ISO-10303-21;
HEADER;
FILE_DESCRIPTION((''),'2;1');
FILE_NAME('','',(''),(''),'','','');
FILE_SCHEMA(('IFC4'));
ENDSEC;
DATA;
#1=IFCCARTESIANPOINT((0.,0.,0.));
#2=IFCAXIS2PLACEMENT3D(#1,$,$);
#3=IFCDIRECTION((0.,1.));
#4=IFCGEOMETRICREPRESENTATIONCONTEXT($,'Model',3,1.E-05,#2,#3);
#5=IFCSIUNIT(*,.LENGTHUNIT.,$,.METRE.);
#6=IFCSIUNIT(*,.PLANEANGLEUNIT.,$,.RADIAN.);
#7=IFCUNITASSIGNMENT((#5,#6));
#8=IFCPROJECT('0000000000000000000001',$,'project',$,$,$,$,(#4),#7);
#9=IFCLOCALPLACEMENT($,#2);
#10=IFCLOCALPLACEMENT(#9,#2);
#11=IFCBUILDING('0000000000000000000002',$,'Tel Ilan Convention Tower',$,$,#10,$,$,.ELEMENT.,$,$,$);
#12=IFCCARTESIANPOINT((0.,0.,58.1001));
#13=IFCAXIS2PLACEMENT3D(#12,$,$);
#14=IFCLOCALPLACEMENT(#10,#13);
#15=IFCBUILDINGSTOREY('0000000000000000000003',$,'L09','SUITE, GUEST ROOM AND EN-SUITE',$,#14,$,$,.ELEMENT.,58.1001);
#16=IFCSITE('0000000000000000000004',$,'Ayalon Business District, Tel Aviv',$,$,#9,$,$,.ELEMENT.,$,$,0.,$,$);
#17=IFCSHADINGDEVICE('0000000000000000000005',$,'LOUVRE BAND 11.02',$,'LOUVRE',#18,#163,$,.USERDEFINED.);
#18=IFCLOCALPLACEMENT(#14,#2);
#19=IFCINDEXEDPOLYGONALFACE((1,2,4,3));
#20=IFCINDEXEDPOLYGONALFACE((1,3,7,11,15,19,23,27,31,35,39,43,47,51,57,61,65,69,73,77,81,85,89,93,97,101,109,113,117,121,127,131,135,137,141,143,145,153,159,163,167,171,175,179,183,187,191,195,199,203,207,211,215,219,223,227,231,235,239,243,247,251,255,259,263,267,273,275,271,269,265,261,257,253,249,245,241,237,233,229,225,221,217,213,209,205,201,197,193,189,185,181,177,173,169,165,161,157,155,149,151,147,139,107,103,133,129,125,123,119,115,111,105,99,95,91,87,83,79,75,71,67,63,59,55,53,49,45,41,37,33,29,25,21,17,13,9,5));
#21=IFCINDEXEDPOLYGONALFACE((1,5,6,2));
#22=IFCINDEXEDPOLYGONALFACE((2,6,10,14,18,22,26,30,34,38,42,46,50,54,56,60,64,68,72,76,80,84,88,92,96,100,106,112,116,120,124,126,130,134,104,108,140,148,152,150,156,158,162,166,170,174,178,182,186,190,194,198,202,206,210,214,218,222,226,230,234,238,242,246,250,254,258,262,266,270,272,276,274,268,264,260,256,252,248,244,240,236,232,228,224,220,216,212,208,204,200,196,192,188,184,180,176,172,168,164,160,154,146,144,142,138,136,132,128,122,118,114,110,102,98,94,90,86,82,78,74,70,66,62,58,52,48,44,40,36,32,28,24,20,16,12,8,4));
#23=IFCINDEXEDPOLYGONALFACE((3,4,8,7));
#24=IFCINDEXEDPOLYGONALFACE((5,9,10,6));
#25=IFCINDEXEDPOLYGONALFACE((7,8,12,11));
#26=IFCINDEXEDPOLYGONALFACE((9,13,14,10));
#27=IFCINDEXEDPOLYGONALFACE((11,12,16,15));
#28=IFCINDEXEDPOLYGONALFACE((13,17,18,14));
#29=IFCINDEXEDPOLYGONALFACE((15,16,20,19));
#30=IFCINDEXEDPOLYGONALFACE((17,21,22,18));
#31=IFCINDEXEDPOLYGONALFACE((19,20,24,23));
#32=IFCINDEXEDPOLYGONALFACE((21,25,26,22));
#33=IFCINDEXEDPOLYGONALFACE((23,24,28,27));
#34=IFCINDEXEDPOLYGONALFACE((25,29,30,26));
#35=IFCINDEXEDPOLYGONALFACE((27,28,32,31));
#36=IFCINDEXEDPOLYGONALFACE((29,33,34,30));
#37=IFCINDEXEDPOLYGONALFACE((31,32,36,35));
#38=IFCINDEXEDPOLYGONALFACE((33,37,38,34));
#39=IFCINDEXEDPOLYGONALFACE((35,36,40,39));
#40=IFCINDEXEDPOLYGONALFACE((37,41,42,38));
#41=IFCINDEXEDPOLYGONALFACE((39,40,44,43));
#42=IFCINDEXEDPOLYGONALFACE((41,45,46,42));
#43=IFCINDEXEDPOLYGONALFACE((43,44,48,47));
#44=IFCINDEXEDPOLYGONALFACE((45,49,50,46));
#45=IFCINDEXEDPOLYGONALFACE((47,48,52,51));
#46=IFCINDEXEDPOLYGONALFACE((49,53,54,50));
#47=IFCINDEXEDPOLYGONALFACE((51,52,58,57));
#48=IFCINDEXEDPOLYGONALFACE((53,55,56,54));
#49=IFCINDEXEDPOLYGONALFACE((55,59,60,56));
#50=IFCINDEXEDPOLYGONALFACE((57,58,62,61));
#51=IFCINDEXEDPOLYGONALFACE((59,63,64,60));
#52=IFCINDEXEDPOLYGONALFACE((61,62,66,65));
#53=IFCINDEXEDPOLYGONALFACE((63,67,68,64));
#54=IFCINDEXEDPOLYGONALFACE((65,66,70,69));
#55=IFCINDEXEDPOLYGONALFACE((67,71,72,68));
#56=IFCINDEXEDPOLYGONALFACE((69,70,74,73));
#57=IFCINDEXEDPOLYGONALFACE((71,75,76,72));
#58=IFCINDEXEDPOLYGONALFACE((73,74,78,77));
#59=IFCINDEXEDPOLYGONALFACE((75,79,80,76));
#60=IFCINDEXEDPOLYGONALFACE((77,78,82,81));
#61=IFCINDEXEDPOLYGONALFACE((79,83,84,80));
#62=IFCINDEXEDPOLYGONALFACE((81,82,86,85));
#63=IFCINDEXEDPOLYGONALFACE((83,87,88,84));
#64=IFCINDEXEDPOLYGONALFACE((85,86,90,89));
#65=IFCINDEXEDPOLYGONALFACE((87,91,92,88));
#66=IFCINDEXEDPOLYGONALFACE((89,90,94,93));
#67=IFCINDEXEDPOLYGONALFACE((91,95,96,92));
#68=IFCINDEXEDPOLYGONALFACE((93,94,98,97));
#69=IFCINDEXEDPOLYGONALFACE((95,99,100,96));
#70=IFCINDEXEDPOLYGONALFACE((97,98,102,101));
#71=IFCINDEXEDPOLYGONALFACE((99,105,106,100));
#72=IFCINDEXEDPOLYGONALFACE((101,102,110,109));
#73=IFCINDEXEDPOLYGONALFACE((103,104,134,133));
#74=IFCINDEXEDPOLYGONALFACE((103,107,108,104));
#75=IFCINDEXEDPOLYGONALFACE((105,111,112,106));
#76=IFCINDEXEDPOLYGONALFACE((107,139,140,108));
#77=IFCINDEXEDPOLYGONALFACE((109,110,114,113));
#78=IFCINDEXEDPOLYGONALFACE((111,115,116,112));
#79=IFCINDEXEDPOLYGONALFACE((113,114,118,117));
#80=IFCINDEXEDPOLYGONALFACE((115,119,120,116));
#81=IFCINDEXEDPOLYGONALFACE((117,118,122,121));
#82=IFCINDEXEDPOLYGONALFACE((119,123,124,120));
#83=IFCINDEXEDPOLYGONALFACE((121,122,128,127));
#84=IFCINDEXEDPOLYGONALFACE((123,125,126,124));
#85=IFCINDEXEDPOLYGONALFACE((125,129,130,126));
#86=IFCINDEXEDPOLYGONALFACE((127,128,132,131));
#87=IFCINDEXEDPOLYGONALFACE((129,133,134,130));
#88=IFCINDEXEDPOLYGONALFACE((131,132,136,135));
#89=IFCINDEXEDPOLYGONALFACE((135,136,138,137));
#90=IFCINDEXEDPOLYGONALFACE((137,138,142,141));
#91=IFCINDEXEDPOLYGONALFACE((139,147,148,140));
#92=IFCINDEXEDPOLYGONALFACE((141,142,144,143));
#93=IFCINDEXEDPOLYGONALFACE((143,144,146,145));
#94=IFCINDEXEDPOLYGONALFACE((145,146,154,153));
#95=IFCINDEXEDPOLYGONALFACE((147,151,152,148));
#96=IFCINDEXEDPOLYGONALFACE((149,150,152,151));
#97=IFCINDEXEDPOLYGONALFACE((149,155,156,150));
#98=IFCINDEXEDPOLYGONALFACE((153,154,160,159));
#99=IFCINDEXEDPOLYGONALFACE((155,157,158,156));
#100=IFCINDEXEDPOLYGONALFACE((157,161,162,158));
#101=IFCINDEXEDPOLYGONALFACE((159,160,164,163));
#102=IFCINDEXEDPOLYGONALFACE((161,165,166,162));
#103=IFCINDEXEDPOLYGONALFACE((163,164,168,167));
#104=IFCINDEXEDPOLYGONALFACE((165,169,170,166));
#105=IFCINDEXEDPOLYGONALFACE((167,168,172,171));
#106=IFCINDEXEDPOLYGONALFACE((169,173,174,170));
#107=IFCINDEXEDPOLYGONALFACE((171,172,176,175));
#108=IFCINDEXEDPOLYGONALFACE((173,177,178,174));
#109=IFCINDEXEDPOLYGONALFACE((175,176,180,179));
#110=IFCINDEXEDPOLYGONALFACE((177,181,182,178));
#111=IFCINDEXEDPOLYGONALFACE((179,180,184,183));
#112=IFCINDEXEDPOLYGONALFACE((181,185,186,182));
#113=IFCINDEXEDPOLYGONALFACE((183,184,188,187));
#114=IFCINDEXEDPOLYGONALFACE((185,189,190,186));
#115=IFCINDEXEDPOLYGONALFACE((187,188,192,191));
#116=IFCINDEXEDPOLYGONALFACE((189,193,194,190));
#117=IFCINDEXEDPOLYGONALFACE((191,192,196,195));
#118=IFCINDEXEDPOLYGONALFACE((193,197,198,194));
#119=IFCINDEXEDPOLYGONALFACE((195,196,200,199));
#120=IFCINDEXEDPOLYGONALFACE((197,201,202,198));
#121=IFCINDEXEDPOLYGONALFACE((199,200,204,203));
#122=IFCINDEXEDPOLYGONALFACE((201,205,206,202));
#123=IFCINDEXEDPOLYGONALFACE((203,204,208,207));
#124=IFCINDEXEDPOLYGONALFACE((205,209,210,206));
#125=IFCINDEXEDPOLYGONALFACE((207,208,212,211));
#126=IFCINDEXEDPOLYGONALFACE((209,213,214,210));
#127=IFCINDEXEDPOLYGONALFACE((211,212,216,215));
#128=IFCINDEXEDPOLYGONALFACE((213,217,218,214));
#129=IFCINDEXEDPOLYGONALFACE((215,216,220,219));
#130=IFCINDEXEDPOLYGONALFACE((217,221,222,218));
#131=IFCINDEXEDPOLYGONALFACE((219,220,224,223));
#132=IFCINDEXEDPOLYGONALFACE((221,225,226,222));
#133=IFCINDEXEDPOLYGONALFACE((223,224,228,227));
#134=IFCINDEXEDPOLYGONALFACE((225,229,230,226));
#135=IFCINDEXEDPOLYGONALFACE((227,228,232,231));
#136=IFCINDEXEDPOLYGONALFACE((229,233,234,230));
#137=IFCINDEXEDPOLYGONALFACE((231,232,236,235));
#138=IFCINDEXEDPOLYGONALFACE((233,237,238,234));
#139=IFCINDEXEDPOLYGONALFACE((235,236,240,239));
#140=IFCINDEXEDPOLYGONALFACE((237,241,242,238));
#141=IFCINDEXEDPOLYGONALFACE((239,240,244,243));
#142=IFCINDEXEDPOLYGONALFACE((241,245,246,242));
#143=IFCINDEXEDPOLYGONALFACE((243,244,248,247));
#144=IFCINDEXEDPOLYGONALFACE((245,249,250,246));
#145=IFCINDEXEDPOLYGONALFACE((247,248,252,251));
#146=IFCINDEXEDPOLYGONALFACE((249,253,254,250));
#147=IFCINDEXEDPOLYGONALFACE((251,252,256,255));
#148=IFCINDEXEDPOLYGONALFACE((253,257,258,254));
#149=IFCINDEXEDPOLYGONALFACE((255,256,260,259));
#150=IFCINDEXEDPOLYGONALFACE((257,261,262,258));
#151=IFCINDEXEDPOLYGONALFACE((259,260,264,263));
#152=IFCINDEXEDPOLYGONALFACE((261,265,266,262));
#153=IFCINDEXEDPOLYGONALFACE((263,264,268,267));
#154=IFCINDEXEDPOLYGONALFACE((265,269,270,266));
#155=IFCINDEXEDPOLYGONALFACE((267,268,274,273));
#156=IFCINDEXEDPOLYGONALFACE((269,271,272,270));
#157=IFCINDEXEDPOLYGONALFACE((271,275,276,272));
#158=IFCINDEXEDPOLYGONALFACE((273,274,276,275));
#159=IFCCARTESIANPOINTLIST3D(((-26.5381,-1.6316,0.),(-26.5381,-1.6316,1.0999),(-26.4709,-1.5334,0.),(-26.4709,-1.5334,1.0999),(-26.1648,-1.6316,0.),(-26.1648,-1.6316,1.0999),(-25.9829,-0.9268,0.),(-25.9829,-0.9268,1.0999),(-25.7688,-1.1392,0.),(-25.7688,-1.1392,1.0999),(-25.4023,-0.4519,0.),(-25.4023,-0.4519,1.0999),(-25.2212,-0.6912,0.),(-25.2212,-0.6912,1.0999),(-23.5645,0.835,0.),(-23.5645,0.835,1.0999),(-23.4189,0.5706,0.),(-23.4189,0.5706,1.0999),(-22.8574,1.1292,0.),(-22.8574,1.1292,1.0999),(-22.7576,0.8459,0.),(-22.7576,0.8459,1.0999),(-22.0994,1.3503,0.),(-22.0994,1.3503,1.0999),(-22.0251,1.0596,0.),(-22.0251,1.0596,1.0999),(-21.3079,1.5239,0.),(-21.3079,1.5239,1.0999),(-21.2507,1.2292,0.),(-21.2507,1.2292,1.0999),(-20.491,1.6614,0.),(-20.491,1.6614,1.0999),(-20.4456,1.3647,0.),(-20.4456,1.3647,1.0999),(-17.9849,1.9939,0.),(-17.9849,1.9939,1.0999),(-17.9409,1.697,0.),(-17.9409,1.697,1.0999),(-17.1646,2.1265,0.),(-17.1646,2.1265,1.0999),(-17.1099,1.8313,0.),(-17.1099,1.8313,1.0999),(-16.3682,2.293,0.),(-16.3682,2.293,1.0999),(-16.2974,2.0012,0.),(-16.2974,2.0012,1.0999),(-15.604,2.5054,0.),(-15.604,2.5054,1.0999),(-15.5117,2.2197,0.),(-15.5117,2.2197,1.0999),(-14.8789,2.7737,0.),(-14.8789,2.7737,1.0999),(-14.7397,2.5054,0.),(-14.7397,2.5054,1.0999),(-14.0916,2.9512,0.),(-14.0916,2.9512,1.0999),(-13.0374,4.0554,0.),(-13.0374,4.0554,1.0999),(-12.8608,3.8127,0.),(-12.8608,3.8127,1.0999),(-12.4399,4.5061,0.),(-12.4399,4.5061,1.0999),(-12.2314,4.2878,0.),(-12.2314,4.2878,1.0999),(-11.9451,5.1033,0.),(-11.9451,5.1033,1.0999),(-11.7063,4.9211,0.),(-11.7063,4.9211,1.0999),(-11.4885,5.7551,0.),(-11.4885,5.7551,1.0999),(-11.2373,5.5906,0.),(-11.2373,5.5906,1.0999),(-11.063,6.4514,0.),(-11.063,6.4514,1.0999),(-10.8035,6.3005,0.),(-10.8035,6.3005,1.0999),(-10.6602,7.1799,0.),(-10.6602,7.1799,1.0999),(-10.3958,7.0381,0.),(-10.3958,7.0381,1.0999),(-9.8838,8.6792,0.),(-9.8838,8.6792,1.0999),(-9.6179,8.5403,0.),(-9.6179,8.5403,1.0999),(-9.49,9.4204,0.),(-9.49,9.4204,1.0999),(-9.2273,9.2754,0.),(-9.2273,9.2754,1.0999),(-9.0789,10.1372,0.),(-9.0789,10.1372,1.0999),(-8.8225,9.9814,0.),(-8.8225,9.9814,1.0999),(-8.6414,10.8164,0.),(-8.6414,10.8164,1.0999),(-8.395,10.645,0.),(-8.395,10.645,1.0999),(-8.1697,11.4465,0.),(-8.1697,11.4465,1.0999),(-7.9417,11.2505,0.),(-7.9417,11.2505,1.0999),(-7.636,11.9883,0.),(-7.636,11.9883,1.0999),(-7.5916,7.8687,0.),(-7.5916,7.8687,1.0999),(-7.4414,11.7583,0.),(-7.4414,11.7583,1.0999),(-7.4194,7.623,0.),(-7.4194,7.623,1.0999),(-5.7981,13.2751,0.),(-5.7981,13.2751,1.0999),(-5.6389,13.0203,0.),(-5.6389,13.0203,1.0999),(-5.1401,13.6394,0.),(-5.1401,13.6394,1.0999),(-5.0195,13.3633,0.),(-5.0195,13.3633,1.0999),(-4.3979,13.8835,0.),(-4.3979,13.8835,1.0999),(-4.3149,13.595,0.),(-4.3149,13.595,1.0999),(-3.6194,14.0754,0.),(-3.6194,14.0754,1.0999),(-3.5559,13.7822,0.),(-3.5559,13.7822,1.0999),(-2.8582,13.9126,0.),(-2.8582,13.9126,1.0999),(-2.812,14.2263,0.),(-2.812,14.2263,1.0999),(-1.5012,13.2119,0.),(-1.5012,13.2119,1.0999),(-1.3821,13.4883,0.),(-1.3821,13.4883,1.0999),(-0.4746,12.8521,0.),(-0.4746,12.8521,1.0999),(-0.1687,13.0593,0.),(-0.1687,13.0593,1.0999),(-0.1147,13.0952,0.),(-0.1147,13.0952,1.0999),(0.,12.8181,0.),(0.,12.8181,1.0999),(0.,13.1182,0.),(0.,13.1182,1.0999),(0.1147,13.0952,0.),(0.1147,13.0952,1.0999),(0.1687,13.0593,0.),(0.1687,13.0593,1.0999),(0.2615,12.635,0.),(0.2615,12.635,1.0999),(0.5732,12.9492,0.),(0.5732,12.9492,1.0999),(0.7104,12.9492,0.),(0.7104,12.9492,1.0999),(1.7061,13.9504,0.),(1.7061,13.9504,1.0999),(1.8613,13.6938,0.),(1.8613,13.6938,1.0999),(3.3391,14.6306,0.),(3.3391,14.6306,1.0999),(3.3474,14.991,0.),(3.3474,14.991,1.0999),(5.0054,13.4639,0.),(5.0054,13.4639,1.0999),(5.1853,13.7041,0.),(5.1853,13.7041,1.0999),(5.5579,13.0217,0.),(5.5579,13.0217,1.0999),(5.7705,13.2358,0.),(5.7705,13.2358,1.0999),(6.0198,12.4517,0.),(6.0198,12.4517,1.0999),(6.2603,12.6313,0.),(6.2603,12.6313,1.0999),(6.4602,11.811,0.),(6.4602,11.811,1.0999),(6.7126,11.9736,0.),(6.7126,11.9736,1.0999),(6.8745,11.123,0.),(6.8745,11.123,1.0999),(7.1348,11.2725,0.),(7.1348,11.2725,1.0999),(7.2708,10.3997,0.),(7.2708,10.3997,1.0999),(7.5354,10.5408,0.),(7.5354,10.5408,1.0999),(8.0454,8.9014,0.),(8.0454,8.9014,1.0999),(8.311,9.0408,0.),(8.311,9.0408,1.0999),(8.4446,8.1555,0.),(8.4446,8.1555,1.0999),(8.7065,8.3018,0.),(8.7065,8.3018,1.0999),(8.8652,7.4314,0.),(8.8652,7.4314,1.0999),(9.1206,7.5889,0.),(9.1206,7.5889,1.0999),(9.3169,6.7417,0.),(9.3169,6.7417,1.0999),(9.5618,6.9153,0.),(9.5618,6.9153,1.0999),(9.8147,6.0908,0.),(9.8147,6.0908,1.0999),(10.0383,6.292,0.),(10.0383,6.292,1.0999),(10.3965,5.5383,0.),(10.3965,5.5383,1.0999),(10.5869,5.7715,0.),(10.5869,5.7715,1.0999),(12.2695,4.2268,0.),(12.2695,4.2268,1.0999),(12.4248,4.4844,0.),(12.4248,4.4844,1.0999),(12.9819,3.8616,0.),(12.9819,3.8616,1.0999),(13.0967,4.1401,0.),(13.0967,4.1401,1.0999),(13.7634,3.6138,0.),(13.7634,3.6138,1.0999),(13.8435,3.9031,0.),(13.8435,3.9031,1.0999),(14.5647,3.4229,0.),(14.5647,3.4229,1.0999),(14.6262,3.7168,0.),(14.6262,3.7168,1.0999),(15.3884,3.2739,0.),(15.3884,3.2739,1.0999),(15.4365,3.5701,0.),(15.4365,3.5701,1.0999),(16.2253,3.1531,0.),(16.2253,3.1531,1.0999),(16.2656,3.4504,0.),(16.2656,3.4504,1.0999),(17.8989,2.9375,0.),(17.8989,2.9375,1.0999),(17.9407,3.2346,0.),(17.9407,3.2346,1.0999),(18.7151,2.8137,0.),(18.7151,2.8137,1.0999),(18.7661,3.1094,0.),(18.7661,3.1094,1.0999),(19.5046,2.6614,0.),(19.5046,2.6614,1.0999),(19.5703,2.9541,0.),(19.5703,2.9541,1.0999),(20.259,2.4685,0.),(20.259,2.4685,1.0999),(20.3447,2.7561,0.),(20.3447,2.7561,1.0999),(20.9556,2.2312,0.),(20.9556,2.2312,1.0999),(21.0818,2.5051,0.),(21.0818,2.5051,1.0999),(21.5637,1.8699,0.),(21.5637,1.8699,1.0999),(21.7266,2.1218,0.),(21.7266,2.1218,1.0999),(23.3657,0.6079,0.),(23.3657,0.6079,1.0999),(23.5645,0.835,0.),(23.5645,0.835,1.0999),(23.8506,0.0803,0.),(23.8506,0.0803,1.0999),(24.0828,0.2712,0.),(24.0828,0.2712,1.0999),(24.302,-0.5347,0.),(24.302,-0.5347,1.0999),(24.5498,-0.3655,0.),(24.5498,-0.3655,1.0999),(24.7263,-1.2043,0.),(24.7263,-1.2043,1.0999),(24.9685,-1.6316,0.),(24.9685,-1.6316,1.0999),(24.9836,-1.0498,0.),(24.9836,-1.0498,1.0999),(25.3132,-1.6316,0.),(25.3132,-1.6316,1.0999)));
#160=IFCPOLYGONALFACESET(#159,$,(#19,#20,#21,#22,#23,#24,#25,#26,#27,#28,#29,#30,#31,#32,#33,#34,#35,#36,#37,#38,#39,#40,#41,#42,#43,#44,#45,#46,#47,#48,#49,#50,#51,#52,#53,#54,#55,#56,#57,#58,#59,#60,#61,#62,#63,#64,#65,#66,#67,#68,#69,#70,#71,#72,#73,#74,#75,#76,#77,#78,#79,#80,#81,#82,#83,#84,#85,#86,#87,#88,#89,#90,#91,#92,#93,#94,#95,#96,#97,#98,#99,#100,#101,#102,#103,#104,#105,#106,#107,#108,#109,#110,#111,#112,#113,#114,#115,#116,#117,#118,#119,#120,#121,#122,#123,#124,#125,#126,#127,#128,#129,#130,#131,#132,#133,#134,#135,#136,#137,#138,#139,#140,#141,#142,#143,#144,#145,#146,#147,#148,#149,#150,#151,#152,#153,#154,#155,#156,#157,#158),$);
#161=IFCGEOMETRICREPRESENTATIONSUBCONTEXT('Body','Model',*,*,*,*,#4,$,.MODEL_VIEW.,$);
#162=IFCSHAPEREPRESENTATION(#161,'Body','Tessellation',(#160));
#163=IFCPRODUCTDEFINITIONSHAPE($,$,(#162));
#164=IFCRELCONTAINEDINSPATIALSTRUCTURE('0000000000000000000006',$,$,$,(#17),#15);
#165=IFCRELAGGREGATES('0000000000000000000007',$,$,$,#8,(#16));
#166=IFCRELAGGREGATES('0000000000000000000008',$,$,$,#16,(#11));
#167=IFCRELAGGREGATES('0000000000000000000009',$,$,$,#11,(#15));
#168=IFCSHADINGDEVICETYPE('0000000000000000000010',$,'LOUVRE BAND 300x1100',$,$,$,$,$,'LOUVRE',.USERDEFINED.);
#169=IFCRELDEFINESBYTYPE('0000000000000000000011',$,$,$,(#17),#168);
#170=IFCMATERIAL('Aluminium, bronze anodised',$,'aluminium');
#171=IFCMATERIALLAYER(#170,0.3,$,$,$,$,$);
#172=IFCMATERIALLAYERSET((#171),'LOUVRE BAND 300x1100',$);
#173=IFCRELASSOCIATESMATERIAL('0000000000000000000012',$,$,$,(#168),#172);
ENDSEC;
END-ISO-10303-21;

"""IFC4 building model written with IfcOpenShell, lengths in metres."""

from ifc_helpers import new_model, si_unit, direction, frame, origin, place, context, subcontext, project, spatial, polyline, outline, extrude, material, layer, layer_set, type_object, element, save


model = new_model("IFC4")

# Units and contexts
model_context = context("Model", 3, precision=1e-05, world=origin(), true_north=direction((0.0, 1.0)))
body_context = subcontext(model_context, "Body", "Model", "MODEL_VIEW")
ifc_project = project(units=[si_unit("LENGTHUNIT", "METRE"), si_unit("PLANEANGLEUNIT", "RADIAN")], contexts=[model_context])

# Site, building, storey
site_placement = place(None, origin())
site = spatial("IfcSite", under=ifc_project, at=site_placement, Name="Ayalon Business District, Tel Aviv", CompositionType="ELEMENT", RefElevation=0.0)
building_placement = place(site_placement, origin())
building = spatial("IfcBuilding", under=site, at=building_placement, Name="Tel Ilan Convention Tower", CompositionType="ELEMENT")
storey_placement = place(building_placement, frame((0.0, 0.0, 58.1001)))
storey = spatial("IfcBuildingStorey", under=building, at=storey_placement, Name="L09", Description="SUITE, GUEST ROOM AND EN-SUITE", CompositionType="ELEMENT", Elevation=58.1001)

# Shading device
ifc_material_1 = material(Name="Aluminium, bronze anodised", Category="aluminium")
ifc_layer_1 = layer(ifc_material_1, 0.3)
ifc_layer_set_1 = layer_set([ifc_layer_1], Name="LOUVRE BAND 300x1100")
shading_device_type = type_object("IfcShadingDeviceType", Name="LOUVRE BAND 300x1100", ElementType="LOUVRE", PredefinedType="USERDEFINED", material=ifc_layer_set_1)
shading_device_1_placement = place(storey_placement, origin())
element("IfcShadingDevice", 1, at=shading_device_1_placement, inside=storey, type_object=shading_device_type, Name="LOUVRE BAND 11.02", ObjectType="LOUVRE", PredefinedType="USERDEFINED", context=body_context, shape_type="SweptSolid", body=[
    extrude(outline(polyline([(-26.4709, -1.5334), (-26.5381, -1.6316), (-26.1648, -1.6316), (-25.7688, -1.1392), (-25.2212, -0.6912), (-23.4189, 0.5706), (-22.7576, 0.8459), (-22.0251, 1.0596), (-21.2507, 1.2292), (-20.4456, 1.3647), (-17.9409, 1.697), (-17.1099, 1.8313), (-16.2974, 2.0012), (-15.5117, 2.2197), (-14.7397, 2.5054), (-14.0916, 2.9512), (-12.8608, 3.8127), (-12.2314, 4.2878), (-11.7063, 4.9211), (-11.2373, 5.5906), (-10.8035, 6.3005), (-10.3958, 7.0381), (-9.6179, 8.5403), (-9.2273, 9.2754), (-8.8225, 9.9814), (-8.395, 10.645), (-7.9417, 11.2505), (-7.4414, 11.7583), (-5.6389, 13.0203), (-5.0195, 13.3633), (-4.3149, 13.595), (-3.5559, 13.7822), (-2.8582, 13.9126), (-1.5012, 13.2119), (-0.4746, 12.8521), (-7.5916, 7.8687), (-7.4194, 7.623), (0.0, 12.8181), (0.2615, 12.635), (0.7104, 12.9492), (0.5732, 12.9492), (1.8613, 13.6938), (3.3391, 14.6306), (5.0054, 13.4639), (5.5579, 13.0217), (6.0198, 12.4517), (6.4602, 11.811), (6.8745, 11.123), (7.2708, 10.3997), (8.0454, 8.9014), (8.4446, 8.1555), (8.8652, 7.4314), (9.3169, 6.7417), (9.8147, 6.0908), (10.3965, 5.5383), (12.2695, 4.2268), (12.9819, 3.8616), (13.7634, 3.6138), (14.5647, 3.4229), (15.3884, 3.2739), (16.2253, 3.1531), (17.8989, 2.9375), (18.7151, 2.8137), (19.5046, 2.6614), (20.259, 2.4685), (20.9556, 2.2312), (21.5637, 1.8699), (23.3657, 0.6079), (23.8506, 0.0803), (24.302, -0.5347), (24.7263, -1.2043), (24.9685, -1.6316), (25.3132, -1.6316), (24.9836, -1.0498), (24.5498, -0.3655), (24.0828, 0.2712), (23.5645, 0.835), (21.7266, 2.1218), (21.0818, 2.5051), (20.3447, 2.7561), (19.5703, 2.9541), (18.7661, 3.1094), (17.9407, 3.2346), (16.2656, 3.4504), (15.4365, 3.5701), (14.6262, 3.7168), (13.8435, 3.9031), (13.0967, 4.1401), (12.4248, 4.4844), (10.5869, 5.7715), (10.0383, 6.292), (9.5618, 6.9153), (9.1206, 7.5889), (8.7065, 8.3018), (8.311, 9.0408), (7.5354, 10.5408), (7.1348, 11.2725), (6.7126, 11.9736), (6.2603, 12.6313), (5.7705, 13.2358), (5.1853, 13.7041), (3.3474, 14.991), (1.7061, 13.9504), (0.1687, 13.0593), (0.1147, 13.0952), (0.0, 13.1182), (-0.1147, 13.0952), (-0.1687, 13.0593), (-1.3821, 13.4883), (-2.812, 14.2263), (-3.6194, 14.0754), (-4.3979, 13.8835), (-5.1401, 13.6394), (-5.7981, 13.2751), (-7.636, 11.9883), (-8.1697, 11.4465), (-8.6414, 10.8164), (-9.0789, 10.1372), (-9.49, 9.4204), (-9.8838, 8.6792), (-10.6602, 7.1799), (-11.063, 6.4514), (-11.4885, 5.7551), (-11.9451, 5.1033), (-12.4399, 4.5061), (-13.0374, 4.0554), (-14.8789, 2.7737), (-15.604, 2.5054), (-16.3682, 2.293), (-17.1646, 2.1265), (-17.9849, 1.9939), (-20.491, 1.6614), (-21.3079, 1.5239), (-22.0994, 1.3503), (-22.8574, 1.1292), (-23.5645, 0.835), (-25.4023, -0.4519), (-25.9829, -0.9268), (-26.4709, -1.5334)])), origin(), (0.0, 0.0, 1.0), 1.0999),
])

save(model, "model.ifc")
